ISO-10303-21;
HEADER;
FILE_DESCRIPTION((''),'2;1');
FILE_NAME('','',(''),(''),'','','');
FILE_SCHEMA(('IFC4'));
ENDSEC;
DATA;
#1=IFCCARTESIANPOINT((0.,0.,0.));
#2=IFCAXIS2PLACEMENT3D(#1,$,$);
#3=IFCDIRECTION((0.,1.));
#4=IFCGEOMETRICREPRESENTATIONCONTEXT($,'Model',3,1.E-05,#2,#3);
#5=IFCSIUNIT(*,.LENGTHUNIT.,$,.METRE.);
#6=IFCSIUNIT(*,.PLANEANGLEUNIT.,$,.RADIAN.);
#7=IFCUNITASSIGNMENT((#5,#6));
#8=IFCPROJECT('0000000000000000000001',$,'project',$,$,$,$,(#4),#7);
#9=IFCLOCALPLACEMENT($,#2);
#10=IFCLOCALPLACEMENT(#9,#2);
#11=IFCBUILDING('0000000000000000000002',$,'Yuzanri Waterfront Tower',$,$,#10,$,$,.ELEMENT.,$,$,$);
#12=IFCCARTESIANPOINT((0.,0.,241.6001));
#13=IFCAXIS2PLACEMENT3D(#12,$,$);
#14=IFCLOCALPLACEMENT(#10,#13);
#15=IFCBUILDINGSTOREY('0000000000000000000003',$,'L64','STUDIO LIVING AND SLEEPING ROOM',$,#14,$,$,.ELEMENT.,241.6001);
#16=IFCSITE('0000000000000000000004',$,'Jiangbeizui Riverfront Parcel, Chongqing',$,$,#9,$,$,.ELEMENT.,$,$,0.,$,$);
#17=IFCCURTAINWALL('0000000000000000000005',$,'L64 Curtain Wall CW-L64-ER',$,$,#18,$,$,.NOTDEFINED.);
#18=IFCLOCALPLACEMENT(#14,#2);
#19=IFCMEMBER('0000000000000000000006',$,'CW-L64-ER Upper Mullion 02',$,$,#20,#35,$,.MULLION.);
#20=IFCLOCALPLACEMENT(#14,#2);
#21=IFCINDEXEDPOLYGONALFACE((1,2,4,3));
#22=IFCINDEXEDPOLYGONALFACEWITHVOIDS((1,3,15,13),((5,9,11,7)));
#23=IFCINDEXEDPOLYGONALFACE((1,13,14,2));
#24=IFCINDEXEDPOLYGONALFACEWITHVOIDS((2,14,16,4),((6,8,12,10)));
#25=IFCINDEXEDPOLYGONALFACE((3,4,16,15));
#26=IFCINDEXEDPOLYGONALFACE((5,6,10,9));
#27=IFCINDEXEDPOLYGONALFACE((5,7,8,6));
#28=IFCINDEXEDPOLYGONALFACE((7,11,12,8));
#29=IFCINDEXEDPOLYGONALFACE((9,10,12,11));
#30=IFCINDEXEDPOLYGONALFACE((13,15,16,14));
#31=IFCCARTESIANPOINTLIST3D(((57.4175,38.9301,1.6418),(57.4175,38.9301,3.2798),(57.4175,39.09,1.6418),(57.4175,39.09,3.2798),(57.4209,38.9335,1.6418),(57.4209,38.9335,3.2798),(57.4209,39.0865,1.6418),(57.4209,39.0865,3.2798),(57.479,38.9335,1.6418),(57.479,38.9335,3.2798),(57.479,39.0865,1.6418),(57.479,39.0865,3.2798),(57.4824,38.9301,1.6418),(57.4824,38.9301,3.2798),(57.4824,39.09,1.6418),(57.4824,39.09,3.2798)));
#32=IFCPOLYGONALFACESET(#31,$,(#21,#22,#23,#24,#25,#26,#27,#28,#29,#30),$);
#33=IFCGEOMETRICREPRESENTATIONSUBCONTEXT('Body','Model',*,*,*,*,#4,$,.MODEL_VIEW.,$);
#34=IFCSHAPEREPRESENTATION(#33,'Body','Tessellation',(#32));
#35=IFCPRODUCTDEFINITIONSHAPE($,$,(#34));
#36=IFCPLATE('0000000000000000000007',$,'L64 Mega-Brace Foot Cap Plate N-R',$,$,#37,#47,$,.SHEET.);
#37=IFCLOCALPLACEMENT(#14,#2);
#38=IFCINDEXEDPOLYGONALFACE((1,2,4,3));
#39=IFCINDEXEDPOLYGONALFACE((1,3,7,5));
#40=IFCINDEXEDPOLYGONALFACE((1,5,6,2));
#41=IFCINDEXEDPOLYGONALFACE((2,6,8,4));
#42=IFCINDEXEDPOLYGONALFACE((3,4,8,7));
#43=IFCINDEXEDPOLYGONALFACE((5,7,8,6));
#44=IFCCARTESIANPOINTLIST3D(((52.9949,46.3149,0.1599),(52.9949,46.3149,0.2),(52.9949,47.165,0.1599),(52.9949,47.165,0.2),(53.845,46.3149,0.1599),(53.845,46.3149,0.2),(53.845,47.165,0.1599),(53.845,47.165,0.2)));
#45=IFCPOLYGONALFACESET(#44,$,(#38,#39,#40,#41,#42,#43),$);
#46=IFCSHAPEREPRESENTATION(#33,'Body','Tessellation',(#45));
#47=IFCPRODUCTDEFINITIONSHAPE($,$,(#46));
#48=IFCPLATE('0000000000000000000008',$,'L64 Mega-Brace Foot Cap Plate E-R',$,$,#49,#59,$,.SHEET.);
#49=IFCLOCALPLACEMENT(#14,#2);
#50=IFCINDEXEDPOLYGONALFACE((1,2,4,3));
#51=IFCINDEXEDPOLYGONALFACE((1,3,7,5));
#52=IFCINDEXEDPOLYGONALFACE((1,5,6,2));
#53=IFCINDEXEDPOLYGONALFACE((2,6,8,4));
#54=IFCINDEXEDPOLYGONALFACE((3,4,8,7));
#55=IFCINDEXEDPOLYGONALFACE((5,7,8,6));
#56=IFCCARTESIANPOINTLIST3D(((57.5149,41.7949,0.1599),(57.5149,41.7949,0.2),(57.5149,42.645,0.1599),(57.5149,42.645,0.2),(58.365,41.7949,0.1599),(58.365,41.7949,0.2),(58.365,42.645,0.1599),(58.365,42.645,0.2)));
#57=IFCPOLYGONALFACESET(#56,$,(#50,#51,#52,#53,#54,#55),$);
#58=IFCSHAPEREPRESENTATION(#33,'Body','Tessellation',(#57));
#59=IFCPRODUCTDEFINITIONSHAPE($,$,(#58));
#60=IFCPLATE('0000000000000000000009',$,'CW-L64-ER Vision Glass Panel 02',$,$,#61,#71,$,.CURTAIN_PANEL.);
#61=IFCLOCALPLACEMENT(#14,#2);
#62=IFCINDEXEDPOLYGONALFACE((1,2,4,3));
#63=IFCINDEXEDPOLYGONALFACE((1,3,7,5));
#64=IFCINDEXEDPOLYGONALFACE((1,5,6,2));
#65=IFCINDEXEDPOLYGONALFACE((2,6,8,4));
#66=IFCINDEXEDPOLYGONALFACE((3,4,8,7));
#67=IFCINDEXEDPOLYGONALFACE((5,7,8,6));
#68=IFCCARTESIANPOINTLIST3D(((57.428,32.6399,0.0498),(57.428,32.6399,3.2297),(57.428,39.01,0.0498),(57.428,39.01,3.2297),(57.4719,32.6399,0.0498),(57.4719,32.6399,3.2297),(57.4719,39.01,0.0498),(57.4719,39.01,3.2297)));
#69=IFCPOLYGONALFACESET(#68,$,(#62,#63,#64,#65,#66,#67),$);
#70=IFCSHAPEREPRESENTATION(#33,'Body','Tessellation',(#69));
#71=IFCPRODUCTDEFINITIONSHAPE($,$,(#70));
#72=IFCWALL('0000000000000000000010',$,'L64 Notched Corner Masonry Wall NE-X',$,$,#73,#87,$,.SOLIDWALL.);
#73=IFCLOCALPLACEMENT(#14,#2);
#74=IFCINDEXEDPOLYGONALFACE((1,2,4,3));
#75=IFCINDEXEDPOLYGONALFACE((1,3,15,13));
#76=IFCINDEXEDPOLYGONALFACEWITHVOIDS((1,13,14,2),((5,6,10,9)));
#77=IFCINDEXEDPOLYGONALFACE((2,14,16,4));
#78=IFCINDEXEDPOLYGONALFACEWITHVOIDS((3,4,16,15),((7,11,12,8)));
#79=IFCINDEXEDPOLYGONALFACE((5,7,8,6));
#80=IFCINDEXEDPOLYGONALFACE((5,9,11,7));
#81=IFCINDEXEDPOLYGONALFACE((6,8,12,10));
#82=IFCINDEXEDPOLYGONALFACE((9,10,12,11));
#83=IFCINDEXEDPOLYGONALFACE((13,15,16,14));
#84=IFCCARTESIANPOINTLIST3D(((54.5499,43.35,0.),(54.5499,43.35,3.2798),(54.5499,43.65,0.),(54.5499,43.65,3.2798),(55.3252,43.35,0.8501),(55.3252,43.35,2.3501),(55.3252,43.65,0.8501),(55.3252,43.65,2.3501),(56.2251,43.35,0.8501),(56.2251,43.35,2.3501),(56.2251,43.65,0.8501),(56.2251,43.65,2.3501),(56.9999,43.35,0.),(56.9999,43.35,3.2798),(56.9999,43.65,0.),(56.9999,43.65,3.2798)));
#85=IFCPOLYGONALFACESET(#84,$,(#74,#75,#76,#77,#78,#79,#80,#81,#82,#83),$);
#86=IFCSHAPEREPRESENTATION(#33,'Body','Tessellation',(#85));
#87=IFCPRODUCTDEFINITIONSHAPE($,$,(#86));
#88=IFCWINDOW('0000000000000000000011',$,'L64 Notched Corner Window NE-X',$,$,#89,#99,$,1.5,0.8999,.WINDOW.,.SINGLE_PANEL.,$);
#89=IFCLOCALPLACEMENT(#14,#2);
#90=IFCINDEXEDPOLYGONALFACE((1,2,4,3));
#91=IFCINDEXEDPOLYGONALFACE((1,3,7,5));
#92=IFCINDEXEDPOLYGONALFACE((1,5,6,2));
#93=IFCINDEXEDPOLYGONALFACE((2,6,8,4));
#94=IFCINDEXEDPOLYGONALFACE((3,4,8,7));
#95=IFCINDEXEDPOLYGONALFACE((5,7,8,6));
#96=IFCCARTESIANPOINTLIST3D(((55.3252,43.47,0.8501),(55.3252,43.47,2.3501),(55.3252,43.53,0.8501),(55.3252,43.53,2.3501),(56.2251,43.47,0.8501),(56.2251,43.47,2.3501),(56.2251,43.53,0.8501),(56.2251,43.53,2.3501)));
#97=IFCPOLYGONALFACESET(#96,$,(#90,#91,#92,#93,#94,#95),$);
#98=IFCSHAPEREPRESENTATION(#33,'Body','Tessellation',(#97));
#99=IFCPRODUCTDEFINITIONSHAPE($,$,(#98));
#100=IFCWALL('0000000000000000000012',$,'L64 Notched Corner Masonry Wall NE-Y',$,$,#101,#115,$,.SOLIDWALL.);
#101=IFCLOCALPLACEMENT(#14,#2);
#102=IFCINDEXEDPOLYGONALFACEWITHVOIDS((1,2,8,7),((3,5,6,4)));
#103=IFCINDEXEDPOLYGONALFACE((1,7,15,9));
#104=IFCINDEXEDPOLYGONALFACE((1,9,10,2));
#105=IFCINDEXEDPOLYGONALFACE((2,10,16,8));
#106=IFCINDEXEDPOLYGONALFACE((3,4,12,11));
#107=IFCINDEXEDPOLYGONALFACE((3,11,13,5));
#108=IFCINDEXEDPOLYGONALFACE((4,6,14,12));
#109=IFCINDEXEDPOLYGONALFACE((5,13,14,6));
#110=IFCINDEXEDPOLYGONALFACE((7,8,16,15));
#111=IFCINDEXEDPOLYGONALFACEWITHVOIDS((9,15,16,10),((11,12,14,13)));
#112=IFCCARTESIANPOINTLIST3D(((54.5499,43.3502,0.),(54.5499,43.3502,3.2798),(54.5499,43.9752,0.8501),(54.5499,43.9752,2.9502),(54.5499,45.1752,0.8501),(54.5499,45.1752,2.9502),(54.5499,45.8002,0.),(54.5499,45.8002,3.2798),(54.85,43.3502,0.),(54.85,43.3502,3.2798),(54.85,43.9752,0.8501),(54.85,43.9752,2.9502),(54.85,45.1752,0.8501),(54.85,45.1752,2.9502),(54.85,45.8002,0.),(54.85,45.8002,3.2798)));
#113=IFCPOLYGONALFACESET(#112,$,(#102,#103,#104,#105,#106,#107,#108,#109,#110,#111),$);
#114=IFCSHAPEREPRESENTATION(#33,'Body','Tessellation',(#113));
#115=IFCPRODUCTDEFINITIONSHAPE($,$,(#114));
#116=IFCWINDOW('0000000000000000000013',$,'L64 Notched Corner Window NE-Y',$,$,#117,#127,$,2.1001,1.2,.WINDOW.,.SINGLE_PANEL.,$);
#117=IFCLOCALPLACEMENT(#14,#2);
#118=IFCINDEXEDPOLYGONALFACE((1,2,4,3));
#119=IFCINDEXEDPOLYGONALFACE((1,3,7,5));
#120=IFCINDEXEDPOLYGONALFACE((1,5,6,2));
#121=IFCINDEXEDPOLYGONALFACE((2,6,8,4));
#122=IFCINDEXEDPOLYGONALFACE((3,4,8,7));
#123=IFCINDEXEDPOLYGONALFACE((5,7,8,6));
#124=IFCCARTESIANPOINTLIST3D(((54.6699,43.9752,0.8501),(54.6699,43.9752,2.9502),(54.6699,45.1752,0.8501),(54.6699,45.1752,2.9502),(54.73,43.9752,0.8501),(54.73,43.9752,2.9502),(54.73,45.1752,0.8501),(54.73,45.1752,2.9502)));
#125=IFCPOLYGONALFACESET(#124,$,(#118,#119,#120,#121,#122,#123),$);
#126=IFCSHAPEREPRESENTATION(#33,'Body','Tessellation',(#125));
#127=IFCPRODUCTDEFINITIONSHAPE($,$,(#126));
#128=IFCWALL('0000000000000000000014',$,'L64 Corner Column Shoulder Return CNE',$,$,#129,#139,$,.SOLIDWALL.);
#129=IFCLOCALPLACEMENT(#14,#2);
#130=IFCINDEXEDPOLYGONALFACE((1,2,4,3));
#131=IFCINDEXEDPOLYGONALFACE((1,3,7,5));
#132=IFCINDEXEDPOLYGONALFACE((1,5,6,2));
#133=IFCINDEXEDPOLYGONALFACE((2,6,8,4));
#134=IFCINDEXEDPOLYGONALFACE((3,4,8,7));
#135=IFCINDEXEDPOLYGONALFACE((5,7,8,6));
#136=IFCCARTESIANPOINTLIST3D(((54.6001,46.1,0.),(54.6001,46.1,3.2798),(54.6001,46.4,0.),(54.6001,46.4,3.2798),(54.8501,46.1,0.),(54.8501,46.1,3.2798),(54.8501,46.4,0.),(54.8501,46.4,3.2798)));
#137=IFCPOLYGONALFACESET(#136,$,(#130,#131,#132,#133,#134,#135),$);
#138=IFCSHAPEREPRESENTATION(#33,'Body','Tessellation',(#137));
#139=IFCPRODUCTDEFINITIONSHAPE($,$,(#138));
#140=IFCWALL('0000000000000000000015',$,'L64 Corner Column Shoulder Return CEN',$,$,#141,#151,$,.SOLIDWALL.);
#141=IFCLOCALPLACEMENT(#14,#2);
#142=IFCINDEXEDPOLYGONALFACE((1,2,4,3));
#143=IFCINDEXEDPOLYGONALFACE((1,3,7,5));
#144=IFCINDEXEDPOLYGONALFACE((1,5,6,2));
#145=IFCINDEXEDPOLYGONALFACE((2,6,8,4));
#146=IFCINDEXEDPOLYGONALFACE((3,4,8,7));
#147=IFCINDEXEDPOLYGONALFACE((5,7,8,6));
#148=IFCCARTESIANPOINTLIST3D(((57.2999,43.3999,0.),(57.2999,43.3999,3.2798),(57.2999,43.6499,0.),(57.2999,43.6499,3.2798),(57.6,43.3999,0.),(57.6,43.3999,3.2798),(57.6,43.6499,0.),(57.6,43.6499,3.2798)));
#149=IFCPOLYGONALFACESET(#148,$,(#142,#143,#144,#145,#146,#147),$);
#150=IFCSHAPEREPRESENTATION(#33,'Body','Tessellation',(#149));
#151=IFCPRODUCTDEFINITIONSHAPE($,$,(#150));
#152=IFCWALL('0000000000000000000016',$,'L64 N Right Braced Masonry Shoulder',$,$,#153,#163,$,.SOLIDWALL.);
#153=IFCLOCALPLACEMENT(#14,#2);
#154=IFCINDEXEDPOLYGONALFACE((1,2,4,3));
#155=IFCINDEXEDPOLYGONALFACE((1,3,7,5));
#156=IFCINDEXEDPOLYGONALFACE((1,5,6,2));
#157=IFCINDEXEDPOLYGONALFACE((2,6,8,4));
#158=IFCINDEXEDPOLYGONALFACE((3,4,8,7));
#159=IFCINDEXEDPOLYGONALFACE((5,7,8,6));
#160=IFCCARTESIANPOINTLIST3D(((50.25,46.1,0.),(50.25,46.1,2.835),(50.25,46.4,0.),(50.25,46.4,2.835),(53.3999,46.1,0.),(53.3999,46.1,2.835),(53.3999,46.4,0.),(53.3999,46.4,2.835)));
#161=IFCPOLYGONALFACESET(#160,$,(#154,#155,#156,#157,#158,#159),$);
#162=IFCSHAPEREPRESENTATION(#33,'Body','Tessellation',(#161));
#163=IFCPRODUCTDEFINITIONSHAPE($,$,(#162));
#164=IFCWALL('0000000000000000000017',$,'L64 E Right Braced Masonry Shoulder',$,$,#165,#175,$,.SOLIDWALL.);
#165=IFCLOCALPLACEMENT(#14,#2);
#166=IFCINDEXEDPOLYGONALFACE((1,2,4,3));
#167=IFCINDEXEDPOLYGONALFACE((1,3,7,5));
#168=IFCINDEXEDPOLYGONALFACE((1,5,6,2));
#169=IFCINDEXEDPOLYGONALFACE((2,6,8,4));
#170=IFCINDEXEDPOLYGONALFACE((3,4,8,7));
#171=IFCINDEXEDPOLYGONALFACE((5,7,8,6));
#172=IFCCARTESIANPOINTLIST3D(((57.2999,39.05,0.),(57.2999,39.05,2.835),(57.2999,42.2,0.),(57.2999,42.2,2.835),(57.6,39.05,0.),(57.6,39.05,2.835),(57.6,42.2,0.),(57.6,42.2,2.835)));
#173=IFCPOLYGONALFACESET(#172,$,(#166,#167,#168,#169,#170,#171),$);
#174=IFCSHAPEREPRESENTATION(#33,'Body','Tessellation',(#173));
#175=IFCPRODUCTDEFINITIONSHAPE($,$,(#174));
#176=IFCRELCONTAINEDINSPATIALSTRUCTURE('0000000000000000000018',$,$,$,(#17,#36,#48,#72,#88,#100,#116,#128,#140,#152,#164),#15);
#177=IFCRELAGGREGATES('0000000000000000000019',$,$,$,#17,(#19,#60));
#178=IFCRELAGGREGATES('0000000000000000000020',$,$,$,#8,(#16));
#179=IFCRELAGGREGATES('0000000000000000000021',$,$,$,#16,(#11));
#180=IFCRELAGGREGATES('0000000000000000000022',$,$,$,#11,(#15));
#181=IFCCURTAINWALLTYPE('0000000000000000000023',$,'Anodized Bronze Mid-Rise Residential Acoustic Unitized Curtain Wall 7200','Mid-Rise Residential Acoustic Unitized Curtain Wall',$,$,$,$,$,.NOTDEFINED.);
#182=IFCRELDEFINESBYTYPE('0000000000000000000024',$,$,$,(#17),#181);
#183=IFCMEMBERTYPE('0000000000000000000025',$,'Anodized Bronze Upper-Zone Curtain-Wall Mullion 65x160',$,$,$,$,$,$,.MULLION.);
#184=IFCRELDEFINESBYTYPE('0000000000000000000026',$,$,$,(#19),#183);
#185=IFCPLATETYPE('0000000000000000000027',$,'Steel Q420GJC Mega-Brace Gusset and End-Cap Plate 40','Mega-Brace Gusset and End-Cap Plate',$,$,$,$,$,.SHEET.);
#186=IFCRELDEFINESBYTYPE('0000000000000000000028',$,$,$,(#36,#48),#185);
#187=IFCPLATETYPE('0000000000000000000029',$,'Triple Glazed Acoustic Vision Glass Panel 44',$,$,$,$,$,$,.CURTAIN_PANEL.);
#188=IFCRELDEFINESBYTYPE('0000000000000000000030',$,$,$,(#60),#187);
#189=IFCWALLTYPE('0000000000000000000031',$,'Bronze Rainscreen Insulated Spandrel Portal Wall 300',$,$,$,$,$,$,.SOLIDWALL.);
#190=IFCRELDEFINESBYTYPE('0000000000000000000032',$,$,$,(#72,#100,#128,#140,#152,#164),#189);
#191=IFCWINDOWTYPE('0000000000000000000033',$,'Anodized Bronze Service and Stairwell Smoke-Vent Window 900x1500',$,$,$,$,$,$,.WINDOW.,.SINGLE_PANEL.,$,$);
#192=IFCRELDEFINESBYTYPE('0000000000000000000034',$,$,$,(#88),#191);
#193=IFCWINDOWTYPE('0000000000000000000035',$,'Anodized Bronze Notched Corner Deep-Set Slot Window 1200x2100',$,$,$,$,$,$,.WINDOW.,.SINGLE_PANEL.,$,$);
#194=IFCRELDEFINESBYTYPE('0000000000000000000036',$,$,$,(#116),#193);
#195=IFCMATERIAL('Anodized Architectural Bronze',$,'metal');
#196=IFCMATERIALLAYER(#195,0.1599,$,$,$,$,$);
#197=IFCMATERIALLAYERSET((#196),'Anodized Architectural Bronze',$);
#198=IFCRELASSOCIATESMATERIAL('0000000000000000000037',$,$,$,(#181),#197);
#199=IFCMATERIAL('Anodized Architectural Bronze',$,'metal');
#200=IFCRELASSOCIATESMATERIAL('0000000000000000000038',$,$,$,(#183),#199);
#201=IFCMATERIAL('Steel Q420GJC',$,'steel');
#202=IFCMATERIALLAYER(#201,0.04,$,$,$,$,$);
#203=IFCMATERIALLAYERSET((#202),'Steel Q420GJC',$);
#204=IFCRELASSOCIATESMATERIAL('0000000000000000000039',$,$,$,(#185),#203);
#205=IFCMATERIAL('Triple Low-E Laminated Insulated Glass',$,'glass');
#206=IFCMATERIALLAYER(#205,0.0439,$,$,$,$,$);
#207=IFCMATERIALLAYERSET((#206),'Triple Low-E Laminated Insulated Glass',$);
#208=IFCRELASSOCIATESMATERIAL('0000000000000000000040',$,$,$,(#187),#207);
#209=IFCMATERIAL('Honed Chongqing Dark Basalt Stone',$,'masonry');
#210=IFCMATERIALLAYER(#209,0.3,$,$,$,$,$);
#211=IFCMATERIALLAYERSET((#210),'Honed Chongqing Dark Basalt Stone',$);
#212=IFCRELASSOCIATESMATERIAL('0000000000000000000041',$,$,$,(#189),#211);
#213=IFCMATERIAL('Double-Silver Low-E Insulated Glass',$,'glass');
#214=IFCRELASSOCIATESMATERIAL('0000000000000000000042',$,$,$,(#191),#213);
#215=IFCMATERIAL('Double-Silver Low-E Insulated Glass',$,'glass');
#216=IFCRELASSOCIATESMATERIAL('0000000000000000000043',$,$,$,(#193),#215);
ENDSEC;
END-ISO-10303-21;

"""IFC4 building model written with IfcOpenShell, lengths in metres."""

from ifc_helpers import new_model, si_unit, direction, frame, frame_2d, origin, origin_2d, place, context, subcontext, project, spatial, rectangle, hollow_rectangle, extrude, source, transform, mapped, material, layer, layer_set, material_profile, profile_set, type_object, element, fill, aggregate, save


model = new_model("IFC4")

# Units and contexts
model_context = context("Model", 3, precision=1e-05, world=origin(), true_north=direction((0.0, 1.0)))
body_context = subcontext(model_context, "Body", "Model", "MODEL_VIEW")
ifc_project = project(units=[si_unit("LENGTHUNIT", "METRE"), si_unit("PLANEANGLEUNIT", "RADIAN")], contexts=[model_context])

# Site, building, storey
site_placement = place(None, origin())
site = spatial("IfcSite", under=ifc_project, at=site_placement, Name="Jiangbeizui Riverfront Parcel, Chongqing", CompositionType="ELEMENT", RefElevation=0.0)
building_placement = place(site_placement, origin())
building = spatial("IfcBuilding", under=site, at=building_placement, Name="Yuzanri Waterfront Tower", CompositionType="ELEMENT")
storey_placement = place(building_placement, frame((0.0, 0.0, 241.6001)))
storey = spatial("IfcBuildingStorey", under=building, at=storey_placement, Name="L64", Description="STUDIO LIVING AND SLEEPING ROOM", CompositionType="ELEMENT", Elevation=241.6001)

# Curtain wall, member
ifc_material_1 = material(Name="Anodized Architectural Bronze", Category="metal")
ifc_layer_1 = layer(ifc_material_1, 0.1599)
ifc_layer_set_1 = layer_set([ifc_layer_1], Name="Anodized Architectural Bronze")
curtain_wall_type = type_object("IfcCurtainWallType", Name="Anodized Bronze Mid-Rise Residential Acoustic Unitized Curtain Wall 7200", Description="Mid-Rise Residential Acoustic Unitized Curtain Wall", PredefinedType="NOTDEFINED", material=ifc_layer_set_1)
ifc_material_2 = material(Name="Anodized Architectural Bronze", Category="metal")
ifc_material_profile_1 = material_profile(ifc_material_2, hollow_rectangle(XDim=0.0649, YDim=0.1599, WallThickness=0.0034, at=origin_2d()), Name="CWM 65x160")
ifc_profile_set_1 = profile_set([ifc_material_profile_1], Name="Anodized Architectural Bronze")
member_type_1 = type_object("IfcMemberType", Name="Anodized Bronze Upper-Zone Curtain-Wall Mullion 65x160", PredefinedType="MULLION", material=ifc_profile_set_1)
shared_shape_1 = source(origin(), body_context, "Body", "SweptSolid", [
    extrude(hollow_rectangle(XDim=0.0649, YDim=0.1599, WallThickness=0.0034, at=origin_2d()), origin(), (0.0, 0.0, 1.0), 1.6379),
])
curtain_wall_1_placement = place(storey_placement, origin())
curtain_wall_1 = element("IfcCurtainWall", 1, at=curtain_wall_1_placement, inside=storey, type_object=curtain_wall_type, Name="L64 Curtain Wall CW-L64-ER", PredefinedType="NOTDEFINED")
member_1_placement = place(storey_placement, frame((57.45, 39.01, 1.6418), z_axis=(0.0, 0.0, 1.0), x_axis=(1.0, 0.0, 0.0)))
member_1 = element("IfcMember", 2, at=member_1_placement, type_object=member_type_1, Name="CW-L64-ER Upper Mullion 02", PredefinedType="MULLION", context=body_context, shape_type="MappedRepresentation", body=[
    mapped(shared_shape_1, transform((0.0, 0.0, 0.0), scale=1.0)),
])

# Plates
ifc_material_3 = material(Name="Steel Q420GJC", Category="steel")
ifc_layer_2 = layer(ifc_material_3, 0.04)
ifc_layer_set_2 = layer_set([ifc_layer_2], Name="Steel Q420GJC")
plate_type_1 = type_object("IfcPlateType", Name="Steel Q420GJC Mega-Brace Gusset and End-Cap Plate 40", Description="Mega-Brace Gusset and End-Cap Plate", PredefinedType="SHEET", material=ifc_layer_set_2)
shared_shape_2 = source(origin(), body_context, "Body", "SweptSolid", [
    extrude(rectangle(XDim=0.8501, YDim=0.8501, at=origin_2d()), origin(), (0.0, 0.0, 1.0), 0.04),
])
for number, where, z_axis, x_axis, name in (
    (3, (53.4199, 46.74, 0.1599), (0.0, 0.0, 1.0), (1.0, 0.0, 0.0), "L64 Mega-Brace Foot Cap Plate N-R"),
    (4, (57.9399, 42.22, 0.1599), (0.0, 0.0, 1.0), (1.0, 0.0, 0.0), "L64 Mega-Brace Foot Cap Plate E-R"),
):
    element("IfcPlate", number, at=place(storey_placement, frame(where, z_axis=z_axis, x_axis=x_axis)), inside=storey, type_object=plate_type_1, Name=name, PredefinedType="SHEET", context=body_context, shape_type="MappedRepresentation", body=[
        mapped(shared_shape_2, transform((0.0, 0.0, 0.0), scale=1.0)),
    ])

# Plate
ifc_material_4 = material(Name="Triple Low-E Laminated Insulated Glass", Category="glass")
ifc_layer_3 = layer(ifc_material_4, 0.0439)
ifc_layer_set_3 = layer_set([ifc_layer_3], Name="Triple Low-E Laminated Insulated Glass")
plate_type_2 = type_object("IfcPlateType", Name="Triple Glazed Acoustic Vision Glass Panel 44", PredefinedType="CURTAIN_PANEL", material=ifc_layer_set_3)
shared_shape_3 = source(origin(), body_context, "Body", "SweptSolid", [
    extrude(rectangle(XDim=6.3701, YDim=0.0439, at=origin_2d()), origin(), (0.0, 0.0, 1.0), 3.1799),
])
plate_placement = place(storey_placement, frame((57.45, 35.825, 0.0498), z_axis=(0.0, 0.0, 1.0), x_axis=(0.0, 1.0, 0.0)))
plate = element("IfcPlate", 5, at=plate_placement, type_object=plate_type_2, Name="CW-L64-ER Vision Glass Panel 02", PredefinedType="CURTAIN_PANEL", context=body_context, shape_type="MappedRepresentation", body=[
    mapped(shared_shape_3, transform((0.0, 0.0, 0.0), scale=1.0)),
])
aggregate(curtain_wall_1, [member_1, plate])

# Walls, openings, windows
ifc_material_5 = material(Name="Honed Chongqing Dark Basalt Stone", Category="masonry")
ifc_layer_4 = layer(ifc_material_5, 0.3)
ifc_layer_set_4 = layer_set([ifc_layer_4], Name="Honed Chongqing Dark Basalt Stone")
wall_type_1 = type_object("IfcWallType", Name="Bronze Rainscreen Insulated Spandrel Portal Wall 300", PredefinedType="SOLIDWALL", material=ifc_layer_set_4)
wall_1_placement = place(storey_placement, frame((57.0, 43.5, 0.0), z_axis=(0.0, 0.0, 1.0), x_axis=(-1.0, 0.0, 0.0)))
wall_1 = element("IfcWall", 6, at=wall_1_placement, inside=storey, type_object=wall_type_1, Name="L64 Notched Corner Masonry Wall NE-X", PredefinedType="SOLIDWALL", context=body_context, shape_type="SweptSolid", body=[
    extrude(rectangle(XDim=2.45, YDim=0.3, at=frame_2d((1.2251, 0.0))), origin(), (0.0, 0.0, 1.0), 3.2798),
])
opening_1_placement = place(wall_1_placement, frame((0.7749, 0.0, 0.8501)))
opening_1 = element("IfcOpeningElement", 7, at=opening_1_placement, cuts=wall_1, PredefinedType="OPENING", context=body_context, shape_type="SweptSolid", body=[
    extrude(rectangle(XDim=0.8999, YDim=1.5, at=frame_2d((0.45, 0.75))), frame((0.0, 0.165, 0.0), z_axis=(0.0, -1.0, 0.0), x_axis=(1.0, 0.0, 0.0)), (0.0, 0.0, 1.0), 0.3298),
])
ifc_material_6 = material(Name="Double-Silver Low-E Insulated Glass", Category="glass")
window_type_1 = type_object("IfcWindowType", Name="Anodized Bronze Service and Stairwell Smoke-Vent Window 900x1500", PartitioningType="SINGLE_PANEL", PredefinedType="WINDOW", material=ifc_material_6)
shared_shape_4 = source(origin(), body_context, "Body", "SweptSolid", [
    extrude(rectangle(XDim=0.8999, YDim=1.5, at=frame_2d((0.45, 0.75))), frame((0.0, 0.03, 0.0), z_axis=(0.0, -1.0, 0.0), x_axis=(1.0, 0.0, 0.0)), (0.0, 0.0, 1.0), 0.0601),
])
window_1_placement = place(opening_1_placement, origin())
window_1 = element("IfcWindow", 8, at=window_1_placement, inside=storey, type_object=window_type_1, Name="L64 Notched Corner Window NE-X", OverallHeight=1.5, OverallWidth=0.8999, PartitioningType="SINGLE_PANEL", PredefinedType="WINDOW", context=body_context, shape_type="MappedRepresentation", body=[
    mapped(shared_shape_4, transform((0.0, 0.0, 0.0), scale=1.0)),
])
fill(opening_1, window_1)
wall_2_placement = place(storey_placement, frame((54.7, 43.3501, 0.0), z_axis=(0.0, 0.0, 1.0), x_axis=(0.0, 1.0, 0.0)))
wall_2 = element("IfcWall", 9, at=wall_2_placement, inside=storey, type_object=wall_type_1, Name="L64 Notched Corner Masonry Wall NE-Y", PredefinedType="SOLIDWALL", context=body_context, shape_type="SweptSolid", body=[
    extrude(rectangle(XDim=2.45, YDim=0.3, at=frame_2d((1.2251, 0.0))), origin(), (0.0, 0.0, 1.0), 3.2798),
])
opening_2_placement = place(wall_2_placement, frame((0.625, 0.0, 0.8501)))
opening_2 = element("IfcOpeningElement", 10, at=opening_2_placement, cuts=wall_2, PredefinedType="OPENING", context=body_context, shape_type="SweptSolid", body=[
    extrude(rectangle(XDim=1.2, YDim=2.1001, at=frame_2d((0.6001, 1.05))), frame((0.0, 0.165, 0.0), z_axis=(0.0, -1.0, 0.0), x_axis=(1.0, 0.0, 0.0)), (0.0, 0.0, 1.0), 0.3298),
])
ifc_material_7 = material(Name="Double-Silver Low-E Insulated Glass", Category="glass")
window_type_2 = type_object("IfcWindowType", Name="Anodized Bronze Notched Corner Deep-Set Slot Window 1200x2100", PartitioningType="SINGLE_PANEL", PredefinedType="WINDOW", material=ifc_material_7)
shared_shape_5 = source(origin(), body_context, "Body", "SweptSolid", [
    extrude(rectangle(XDim=1.2, YDim=2.1001, at=frame_2d((0.6001, 1.05))), frame((0.0, 0.03, 0.0), z_axis=(0.0, -1.0, 0.0), x_axis=(1.0, 0.0, 0.0)), (0.0, 0.0, 1.0), 0.0601),
])
window_2_placement = place(opening_2_placement, origin())
window_2 = element("IfcWindow", 11, at=window_2_placement, inside=storey, type_object=window_type_2, Name="L64 Notched Corner Window NE-Y", OverallHeight=2.1001, OverallWidth=1.2, PartitioningType="SINGLE_PANEL", PredefinedType="WINDOW", context=body_context, shape_type="MappedRepresentation", body=[
    mapped(shared_shape_5, transform((0.0, 0.0, 0.0), scale=1.0)),
])
fill(opening_2, window_2)

# Walls
shared_shape_6 = source(origin(), body_context, "Body", "SweptSolid", [
    extrude(rectangle(XDim=0.25, YDim=0.3, at=frame_2d((0.125, 0.0))), origin(), (0.0, 0.0, 1.0), 3.2798),
])
for number, where, z_axis, x_axis, name in (
    (12, (54.6001, 46.25, 0.0), (0.0, 0.0, 1.0), (1.0, 0.0, 0.0), "L64 Corner Column Shoulder Return CNE"),
    (13, (57.45, 43.3999, 0.0), (0.0, 0.0, 1.0), (0.0, 1.0, 0.0), "L64 Corner Column Shoulder Return CEN"),
):
    element("IfcWall", number, at=place(storey_placement, frame(where, z_axis=z_axis, x_axis=x_axis)), inside=storey, type_object=wall_type_1, Name=name, PredefinedType="SOLIDWALL", context=body_context, shape_type="MappedRepresentation", body=[
        mapped(shared_shape_6, transform((0.0, 0.0, 0.0), scale=1.0)),
    ])
shared_shape_7 = source(origin(), body_context, "Body", "SweptSolid", [
    extrude(rectangle(XDim=3.1499, YDim=0.3, at=frame_2d((1.575, 0.0))), origin(), (0.0, 0.0, 1.0), 2.835),
])
for number, where, z_axis, x_axis, name in (
    (14, (50.25, 46.25, 0.0), (0.0, 0.0, 1.0), (1.0, 0.0, 0.0), "L64 N Right Braced Masonry Shoulder"),
    (15, (57.45, 39.05, 0.0), (0.0, 0.0, 1.0), (0.0, 1.0, 0.0), "L64 E Right Braced Masonry Shoulder"),
):
    element("IfcWall", number, at=place(storey_placement, frame(where, z_axis=z_axis, x_axis=x_axis)), inside=storey, type_object=wall_type_1, Name=name, PredefinedType="SOLIDWALL", context=body_context, shape_type="MappedRepresentation", body=[
        mapped(shared_shape_7, transform((0.0, 0.0, 0.0), scale=1.0)),
    ])

save(model, "model.ifc")
